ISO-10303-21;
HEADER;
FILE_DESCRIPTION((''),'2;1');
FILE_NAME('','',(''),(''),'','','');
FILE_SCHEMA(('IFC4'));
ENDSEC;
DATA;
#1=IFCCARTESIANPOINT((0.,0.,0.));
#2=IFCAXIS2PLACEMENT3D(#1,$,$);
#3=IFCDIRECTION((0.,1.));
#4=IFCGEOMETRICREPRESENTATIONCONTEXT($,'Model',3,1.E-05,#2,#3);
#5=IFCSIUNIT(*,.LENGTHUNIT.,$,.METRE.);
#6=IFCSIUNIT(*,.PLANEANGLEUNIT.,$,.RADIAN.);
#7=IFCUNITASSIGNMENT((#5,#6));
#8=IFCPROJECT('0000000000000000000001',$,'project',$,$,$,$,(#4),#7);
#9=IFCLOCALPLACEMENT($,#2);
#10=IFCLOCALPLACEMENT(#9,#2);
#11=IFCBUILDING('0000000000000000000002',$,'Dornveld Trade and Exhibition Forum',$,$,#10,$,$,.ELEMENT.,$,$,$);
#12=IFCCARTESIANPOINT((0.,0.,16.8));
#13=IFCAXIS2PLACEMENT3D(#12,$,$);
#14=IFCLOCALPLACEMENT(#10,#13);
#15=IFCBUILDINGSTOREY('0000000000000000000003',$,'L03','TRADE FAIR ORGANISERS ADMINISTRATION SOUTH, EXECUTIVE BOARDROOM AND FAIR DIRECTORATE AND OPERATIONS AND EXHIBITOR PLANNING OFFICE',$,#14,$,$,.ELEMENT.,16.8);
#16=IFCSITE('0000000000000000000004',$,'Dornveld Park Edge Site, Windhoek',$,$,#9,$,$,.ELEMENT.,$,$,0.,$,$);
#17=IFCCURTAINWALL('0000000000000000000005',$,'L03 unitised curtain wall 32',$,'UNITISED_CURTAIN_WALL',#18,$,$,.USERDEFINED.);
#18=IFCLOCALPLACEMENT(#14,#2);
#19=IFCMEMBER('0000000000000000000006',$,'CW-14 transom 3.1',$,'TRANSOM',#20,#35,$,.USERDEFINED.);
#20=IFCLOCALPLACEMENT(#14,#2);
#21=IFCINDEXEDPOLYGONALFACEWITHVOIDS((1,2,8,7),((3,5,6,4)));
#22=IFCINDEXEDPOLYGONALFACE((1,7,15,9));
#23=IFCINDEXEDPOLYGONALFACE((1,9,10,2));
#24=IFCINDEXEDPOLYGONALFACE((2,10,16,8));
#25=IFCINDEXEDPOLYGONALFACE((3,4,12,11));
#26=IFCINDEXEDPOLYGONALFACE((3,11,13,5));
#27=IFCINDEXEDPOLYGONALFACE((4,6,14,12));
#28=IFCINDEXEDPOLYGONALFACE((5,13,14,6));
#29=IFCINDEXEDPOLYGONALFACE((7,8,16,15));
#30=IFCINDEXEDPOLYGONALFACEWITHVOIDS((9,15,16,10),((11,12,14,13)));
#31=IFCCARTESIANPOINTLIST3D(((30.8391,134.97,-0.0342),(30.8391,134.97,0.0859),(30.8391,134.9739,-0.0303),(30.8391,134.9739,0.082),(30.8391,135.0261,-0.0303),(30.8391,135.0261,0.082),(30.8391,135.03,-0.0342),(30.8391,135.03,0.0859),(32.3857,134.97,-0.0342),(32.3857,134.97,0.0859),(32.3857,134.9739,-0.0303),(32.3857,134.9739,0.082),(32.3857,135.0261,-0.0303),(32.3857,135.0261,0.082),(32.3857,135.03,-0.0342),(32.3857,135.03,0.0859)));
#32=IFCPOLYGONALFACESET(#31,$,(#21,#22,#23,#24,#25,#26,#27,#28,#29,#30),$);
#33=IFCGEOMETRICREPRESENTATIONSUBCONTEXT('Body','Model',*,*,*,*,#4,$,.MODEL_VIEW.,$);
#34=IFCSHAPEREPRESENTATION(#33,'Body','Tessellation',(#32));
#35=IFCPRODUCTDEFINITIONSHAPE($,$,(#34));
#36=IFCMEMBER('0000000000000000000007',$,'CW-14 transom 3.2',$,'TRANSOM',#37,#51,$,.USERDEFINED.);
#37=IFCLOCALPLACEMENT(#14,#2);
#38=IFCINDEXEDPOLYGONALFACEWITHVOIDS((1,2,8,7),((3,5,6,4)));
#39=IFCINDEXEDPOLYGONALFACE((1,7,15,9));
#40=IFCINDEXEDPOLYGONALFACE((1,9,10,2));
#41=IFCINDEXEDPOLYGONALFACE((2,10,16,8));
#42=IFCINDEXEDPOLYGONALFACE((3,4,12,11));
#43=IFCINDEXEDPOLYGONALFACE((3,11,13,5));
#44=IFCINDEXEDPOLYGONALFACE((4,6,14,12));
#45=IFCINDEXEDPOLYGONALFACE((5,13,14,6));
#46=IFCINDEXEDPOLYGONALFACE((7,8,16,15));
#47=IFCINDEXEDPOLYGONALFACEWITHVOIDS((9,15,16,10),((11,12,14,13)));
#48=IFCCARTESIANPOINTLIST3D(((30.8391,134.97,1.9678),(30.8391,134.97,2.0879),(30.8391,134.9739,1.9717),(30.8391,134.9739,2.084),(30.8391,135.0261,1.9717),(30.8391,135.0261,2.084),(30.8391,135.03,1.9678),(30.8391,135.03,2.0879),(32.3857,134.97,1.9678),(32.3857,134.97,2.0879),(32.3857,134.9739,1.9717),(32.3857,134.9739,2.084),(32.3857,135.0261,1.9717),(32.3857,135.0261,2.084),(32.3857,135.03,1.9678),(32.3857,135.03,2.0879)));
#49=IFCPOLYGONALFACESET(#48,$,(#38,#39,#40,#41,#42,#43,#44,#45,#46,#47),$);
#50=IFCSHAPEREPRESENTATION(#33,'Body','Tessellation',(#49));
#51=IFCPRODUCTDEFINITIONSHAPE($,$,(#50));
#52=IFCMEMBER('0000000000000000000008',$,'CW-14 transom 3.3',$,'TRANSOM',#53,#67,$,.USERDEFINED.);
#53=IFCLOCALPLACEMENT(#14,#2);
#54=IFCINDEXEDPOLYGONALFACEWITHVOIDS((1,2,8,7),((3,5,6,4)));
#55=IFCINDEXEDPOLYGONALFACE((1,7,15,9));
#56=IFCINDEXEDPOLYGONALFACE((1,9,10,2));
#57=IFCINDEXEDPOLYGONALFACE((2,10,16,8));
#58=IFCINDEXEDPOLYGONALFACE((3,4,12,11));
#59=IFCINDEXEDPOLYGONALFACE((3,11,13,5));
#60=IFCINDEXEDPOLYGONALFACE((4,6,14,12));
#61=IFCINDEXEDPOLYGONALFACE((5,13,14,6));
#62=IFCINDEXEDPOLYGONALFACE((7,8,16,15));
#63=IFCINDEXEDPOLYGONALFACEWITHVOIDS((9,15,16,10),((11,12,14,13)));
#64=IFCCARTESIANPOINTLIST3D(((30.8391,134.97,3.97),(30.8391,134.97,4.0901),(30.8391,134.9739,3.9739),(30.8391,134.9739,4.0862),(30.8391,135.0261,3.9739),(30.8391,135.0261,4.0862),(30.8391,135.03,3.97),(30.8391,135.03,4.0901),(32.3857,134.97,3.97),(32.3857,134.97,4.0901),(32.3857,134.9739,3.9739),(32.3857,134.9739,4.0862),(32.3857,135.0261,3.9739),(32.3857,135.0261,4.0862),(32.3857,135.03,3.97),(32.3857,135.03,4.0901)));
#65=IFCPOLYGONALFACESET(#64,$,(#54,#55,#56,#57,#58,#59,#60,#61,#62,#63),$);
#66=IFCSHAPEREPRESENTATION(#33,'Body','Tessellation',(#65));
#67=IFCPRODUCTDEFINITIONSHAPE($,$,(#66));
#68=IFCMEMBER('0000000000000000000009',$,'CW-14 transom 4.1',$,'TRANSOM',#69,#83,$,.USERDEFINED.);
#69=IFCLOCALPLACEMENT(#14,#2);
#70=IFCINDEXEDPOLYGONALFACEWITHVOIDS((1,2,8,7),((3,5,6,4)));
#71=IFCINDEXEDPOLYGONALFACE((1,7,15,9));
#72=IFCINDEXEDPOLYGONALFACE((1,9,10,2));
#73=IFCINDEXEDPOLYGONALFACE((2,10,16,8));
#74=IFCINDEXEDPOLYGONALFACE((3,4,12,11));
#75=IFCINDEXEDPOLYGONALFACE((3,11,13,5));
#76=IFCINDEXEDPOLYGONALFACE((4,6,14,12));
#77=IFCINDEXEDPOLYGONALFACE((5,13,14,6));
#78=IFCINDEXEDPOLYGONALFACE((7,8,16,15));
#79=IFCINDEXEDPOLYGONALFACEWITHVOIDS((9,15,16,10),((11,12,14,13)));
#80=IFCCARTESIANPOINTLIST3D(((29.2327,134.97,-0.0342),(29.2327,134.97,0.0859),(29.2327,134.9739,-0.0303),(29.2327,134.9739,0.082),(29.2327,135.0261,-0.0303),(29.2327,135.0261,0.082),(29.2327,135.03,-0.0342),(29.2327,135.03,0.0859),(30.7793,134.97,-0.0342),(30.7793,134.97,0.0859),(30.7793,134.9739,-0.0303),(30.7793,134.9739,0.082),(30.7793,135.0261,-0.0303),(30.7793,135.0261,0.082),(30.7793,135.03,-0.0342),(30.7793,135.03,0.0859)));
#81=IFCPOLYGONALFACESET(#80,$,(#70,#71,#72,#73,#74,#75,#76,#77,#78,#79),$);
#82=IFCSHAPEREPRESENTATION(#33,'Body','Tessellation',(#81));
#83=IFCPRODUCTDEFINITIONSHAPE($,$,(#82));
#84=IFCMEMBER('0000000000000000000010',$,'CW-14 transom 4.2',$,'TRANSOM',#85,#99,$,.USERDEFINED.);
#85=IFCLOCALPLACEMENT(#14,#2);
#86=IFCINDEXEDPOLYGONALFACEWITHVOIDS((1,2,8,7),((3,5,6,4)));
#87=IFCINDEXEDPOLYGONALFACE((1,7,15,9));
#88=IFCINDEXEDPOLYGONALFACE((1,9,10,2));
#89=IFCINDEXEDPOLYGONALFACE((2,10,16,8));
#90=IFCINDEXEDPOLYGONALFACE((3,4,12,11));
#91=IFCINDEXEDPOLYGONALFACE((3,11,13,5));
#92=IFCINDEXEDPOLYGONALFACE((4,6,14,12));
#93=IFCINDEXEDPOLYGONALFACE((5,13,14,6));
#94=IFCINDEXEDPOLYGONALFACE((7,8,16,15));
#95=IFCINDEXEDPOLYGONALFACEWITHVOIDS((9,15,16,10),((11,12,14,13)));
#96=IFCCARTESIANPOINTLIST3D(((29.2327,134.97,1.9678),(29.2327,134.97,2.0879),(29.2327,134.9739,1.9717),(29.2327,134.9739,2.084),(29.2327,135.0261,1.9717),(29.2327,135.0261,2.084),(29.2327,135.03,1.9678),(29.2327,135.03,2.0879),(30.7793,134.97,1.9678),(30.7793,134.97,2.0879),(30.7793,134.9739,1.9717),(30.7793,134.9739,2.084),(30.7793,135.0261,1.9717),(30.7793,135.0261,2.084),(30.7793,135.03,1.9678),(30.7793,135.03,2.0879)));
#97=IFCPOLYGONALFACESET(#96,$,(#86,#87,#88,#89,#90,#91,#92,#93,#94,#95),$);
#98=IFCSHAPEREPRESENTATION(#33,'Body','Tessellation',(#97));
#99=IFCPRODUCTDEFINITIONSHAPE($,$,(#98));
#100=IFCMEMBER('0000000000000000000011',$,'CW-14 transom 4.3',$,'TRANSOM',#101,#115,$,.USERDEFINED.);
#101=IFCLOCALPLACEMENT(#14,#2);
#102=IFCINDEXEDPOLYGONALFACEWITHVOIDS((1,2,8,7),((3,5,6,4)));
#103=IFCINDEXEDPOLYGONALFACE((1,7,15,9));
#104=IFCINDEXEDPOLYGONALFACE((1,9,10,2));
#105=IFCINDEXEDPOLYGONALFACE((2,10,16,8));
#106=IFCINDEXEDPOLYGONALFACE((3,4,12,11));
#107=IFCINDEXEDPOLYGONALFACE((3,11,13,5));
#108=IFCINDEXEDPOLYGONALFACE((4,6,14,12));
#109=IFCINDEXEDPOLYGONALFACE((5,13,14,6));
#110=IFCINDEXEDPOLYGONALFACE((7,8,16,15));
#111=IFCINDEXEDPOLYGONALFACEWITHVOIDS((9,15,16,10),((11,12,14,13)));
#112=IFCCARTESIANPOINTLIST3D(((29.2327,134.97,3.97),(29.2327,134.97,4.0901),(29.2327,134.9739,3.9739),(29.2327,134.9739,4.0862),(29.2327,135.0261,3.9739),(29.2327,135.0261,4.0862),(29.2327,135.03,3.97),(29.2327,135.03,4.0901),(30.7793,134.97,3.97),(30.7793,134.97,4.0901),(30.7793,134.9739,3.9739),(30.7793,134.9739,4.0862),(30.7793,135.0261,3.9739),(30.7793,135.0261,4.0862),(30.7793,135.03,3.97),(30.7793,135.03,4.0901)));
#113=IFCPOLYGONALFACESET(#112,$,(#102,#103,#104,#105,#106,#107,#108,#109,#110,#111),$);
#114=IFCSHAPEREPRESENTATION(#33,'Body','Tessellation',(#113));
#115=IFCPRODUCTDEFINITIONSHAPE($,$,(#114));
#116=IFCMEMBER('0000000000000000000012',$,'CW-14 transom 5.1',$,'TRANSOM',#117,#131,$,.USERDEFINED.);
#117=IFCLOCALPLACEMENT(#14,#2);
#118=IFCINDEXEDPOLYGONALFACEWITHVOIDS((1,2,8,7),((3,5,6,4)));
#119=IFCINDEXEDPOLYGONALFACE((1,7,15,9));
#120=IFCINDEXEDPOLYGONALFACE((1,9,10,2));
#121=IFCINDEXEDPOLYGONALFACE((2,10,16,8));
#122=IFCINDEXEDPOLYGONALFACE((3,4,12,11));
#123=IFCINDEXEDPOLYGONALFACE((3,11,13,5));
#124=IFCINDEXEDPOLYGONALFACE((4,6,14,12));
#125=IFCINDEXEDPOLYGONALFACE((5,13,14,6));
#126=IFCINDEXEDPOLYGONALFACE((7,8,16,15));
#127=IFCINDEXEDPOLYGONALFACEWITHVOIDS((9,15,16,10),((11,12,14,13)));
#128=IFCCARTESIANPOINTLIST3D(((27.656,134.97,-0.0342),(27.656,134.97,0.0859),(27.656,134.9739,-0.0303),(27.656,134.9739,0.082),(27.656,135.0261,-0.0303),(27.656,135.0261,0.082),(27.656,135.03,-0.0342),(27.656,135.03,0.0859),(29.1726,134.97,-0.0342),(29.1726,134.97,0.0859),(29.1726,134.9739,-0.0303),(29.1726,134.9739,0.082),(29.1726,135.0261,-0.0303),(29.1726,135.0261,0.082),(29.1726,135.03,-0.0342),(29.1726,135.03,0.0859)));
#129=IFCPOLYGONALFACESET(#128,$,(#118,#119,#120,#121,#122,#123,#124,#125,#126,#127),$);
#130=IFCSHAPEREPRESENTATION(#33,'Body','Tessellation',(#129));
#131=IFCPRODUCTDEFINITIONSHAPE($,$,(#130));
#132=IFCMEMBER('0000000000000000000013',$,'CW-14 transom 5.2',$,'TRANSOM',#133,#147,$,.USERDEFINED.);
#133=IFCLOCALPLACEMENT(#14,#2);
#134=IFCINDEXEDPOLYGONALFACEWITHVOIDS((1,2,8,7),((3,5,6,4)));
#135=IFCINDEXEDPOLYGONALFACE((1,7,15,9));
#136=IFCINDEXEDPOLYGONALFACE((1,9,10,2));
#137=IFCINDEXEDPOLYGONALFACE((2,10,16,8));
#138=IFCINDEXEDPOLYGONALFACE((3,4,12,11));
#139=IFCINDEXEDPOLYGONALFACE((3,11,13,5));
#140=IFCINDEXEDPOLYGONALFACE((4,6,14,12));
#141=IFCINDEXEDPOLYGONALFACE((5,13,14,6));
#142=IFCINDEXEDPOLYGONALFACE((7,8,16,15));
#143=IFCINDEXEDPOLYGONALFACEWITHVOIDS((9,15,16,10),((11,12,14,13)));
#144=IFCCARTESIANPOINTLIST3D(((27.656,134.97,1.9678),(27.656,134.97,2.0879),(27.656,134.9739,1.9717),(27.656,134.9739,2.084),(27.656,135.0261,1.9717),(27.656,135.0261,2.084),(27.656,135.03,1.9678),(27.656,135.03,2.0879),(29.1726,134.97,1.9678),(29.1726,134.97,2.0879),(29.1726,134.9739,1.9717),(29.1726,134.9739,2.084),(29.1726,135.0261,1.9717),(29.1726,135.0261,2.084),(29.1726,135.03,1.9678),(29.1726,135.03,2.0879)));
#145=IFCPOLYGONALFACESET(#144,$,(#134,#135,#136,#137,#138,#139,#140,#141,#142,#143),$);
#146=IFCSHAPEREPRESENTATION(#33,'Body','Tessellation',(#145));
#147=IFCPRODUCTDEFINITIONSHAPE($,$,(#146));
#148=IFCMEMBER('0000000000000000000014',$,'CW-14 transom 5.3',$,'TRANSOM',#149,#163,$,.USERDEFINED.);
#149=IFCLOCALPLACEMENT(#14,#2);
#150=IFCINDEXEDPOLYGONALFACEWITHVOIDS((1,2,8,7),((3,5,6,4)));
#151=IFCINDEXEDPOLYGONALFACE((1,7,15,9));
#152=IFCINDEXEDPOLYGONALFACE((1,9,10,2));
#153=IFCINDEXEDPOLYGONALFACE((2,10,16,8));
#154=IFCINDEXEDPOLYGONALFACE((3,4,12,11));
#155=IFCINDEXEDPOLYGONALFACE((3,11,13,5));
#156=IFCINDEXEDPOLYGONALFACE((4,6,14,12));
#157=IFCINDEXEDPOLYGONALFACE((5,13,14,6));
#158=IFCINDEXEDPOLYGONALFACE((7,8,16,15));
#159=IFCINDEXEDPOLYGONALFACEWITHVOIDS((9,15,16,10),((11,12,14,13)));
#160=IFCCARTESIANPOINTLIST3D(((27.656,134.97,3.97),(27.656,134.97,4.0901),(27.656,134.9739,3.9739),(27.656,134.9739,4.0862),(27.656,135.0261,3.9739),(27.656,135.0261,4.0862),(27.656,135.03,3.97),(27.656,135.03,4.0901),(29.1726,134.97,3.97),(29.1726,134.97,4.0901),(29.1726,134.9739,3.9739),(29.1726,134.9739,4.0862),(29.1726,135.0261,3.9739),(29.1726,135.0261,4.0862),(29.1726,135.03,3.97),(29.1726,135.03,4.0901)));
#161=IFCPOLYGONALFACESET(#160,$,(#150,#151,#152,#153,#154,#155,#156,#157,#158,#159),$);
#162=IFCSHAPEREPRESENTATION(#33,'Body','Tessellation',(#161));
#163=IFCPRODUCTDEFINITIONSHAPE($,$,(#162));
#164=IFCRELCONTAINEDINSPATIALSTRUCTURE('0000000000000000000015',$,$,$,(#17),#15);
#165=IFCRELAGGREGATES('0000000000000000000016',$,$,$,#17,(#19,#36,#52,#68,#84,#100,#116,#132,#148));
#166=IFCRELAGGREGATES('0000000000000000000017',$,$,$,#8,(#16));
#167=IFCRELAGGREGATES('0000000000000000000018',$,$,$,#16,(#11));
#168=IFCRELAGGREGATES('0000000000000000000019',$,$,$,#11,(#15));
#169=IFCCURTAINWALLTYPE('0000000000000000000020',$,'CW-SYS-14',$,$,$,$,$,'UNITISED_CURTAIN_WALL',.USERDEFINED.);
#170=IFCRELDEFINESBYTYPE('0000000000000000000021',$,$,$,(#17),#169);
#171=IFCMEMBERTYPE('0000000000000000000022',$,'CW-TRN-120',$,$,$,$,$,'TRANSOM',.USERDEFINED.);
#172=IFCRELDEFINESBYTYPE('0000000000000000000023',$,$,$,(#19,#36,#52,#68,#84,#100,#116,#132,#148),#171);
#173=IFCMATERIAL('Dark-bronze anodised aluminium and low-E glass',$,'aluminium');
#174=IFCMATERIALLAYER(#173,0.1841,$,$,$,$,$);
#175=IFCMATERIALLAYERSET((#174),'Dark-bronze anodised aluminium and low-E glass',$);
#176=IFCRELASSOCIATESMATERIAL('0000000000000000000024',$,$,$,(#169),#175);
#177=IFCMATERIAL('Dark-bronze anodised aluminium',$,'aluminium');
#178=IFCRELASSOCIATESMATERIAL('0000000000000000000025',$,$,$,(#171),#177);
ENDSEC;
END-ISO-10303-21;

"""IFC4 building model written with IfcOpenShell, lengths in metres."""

from ifc_helpers import new_model, si_unit, direction, frame, origin, origin_2d, place, context, subcontext, project, spatial, hollow_rectangle, extrude, material, layer, layer_set, material_profile, profile_set, type_object, element, aggregate, save


model = new_model("IFC4")

# Units and contexts
model_context = context("Model", 3, precision=1e-05, world=origin(), true_north=direction((0.0, 1.0)))
body_context = subcontext(model_context, "Body", "Model", "MODEL_VIEW")
ifc_project = project(units=[si_unit("LENGTHUNIT", "METRE"), si_unit("PLANEANGLEUNIT", "RADIAN")], contexts=[model_context])

# Site, building, storey
site_placement = place(None, origin())
site = spatial("IfcSite", under=ifc_project, at=site_placement, Name="Dornveld Park Edge Site, Windhoek", CompositionType="ELEMENT", RefElevation=0.0)
building_placement = place(site_placement, origin())
building = spatial("IfcBuilding", under=site, at=building_placement, Name="Dornveld Trade and Exhibition Forum", CompositionType="ELEMENT")
storey_placement = place(building_placement, frame((0.0, 0.0, 16.8)))
storey = spatial("IfcBuildingStorey", under=building, at=storey_placement, Name="L03", Description="TRADE FAIR ORGANISERS ADMINISTRATION SOUTH, EXECUTIVE BOARDROOM AND FAIR DIRECTORATE AND OPERATIONS AND EXHIBITOR PLANNING OFFICE", CompositionType="ELEMENT", Elevation=16.8)

# Curtain wall, members
ifc_material_1 = material(Name="Dark-bronze anodised aluminium and low-E glass", Category="aluminium")
ifc_layer_1 = layer(ifc_material_1, 0.1841)
ifc_layer_set_1 = layer_set([ifc_layer_1], Name="Dark-bronze anodised aluminium and low-E glass")
curtain_wall_type = type_object("IfcCurtainWallType", Name="CW-SYS-14", ElementType="UNITISED_CURTAIN_WALL", PredefinedType="USERDEFINED", material=ifc_layer_set_1)
curtain_wall_placement = place(storey_placement, origin())
curtain_wall = element("IfcCurtainWall", 1, at=curtain_wall_placement, inside=storey, type_object=curtain_wall_type, Name="L03 unitised curtain wall 32", ObjectType="UNITISED_CURTAIN_WALL", PredefinedType="USERDEFINED")
ifc_material_2 = material(Name="Dark-bronze anodised aluminium", Category="aluminium")
ifc_material_profile_1 = material_profile(ifc_material_2, hollow_rectangle(XDim=0.0601, YDim=0.1201, WallThickness=0.0039, at=origin_2d()), Name="RHS 120x60x4")
ifc_profile_set_1 = profile_set([ifc_material_profile_1], Name="Dark-bronze anodised aluminium")
member_type_1 = type_object("IfcMemberType", Name="CW-TRN-120", ElementType="TRANSOM", PredefinedType="USERDEFINED", material=ifc_profile_set_1)
member_1_placement = place(storey_placement, frame((32.3857, 135.0, 0.0259), z_axis=(-1.0, 0.0, 0.0), x_axis=(0.0, -1.0, 0.0)))
member_1 = element("IfcMember", 2, at=member_1_placement, type_object=member_type_1, Name="CW-14 transom 3.1", ObjectType="TRANSOM", PredefinedType="USERDEFINED", context=body_context, shape_type="SweptSolid", body=[
    extrude(hollow_rectangle(XDim=0.0601, YDim=0.1201, WallThickness=0.0039, at=origin_2d()), origin(), (0.0, 0.0, 1.0), 1.5466),
])
member_2_placement = place(storey_placement, frame((32.3857, 135.0, 2.0278), z_axis=(-1.0, 0.0, 0.0), x_axis=(0.0, -1.0, 0.0)))
member_2 = element("IfcMember", 3, at=member_2_placement, type_object=member_type_1, Name="CW-14 transom 3.2", ObjectType="TRANSOM", PredefinedType="USERDEFINED", context=body_context, shape_type="SweptSolid", body=[
    extrude(hollow_rectangle(XDim=0.0601, YDim=0.1201, WallThickness=0.0039, at=origin_2d()), origin(), (0.0, 0.0, 1.0), 1.5466),
])
member_3_placement = place(storey_placement, frame((32.3857, 135.0, 4.03), z_axis=(-1.0, 0.0, 0.0), x_axis=(0.0, -1.0, 0.0)))
member_3 = element("IfcMember", 4, at=member_3_placement, type_object=member_type_1, Name="CW-14 transom 3.3", ObjectType="TRANSOM", PredefinedType="USERDEFINED", context=body_context, shape_type="SweptSolid", body=[
    extrude(hollow_rectangle(XDim=0.0601, YDim=0.1201, WallThickness=0.0039, at=origin_2d()), origin(), (0.0, 0.0, 1.0), 1.5466),
])
member_4_placement = place(storey_placement, frame((30.7793, 135.0, 0.0259), z_axis=(-1.0, 0.0, 0.0), x_axis=(0.0, -1.0, 0.0)))
member_4 = element("IfcMember", 5, at=member_4_placement, type_object=member_type_1, Name="CW-14 transom 4.1", ObjectType="TRANSOM", PredefinedType="USERDEFINED", context=body_context, shape_type="SweptSolid", body=[
    extrude(hollow_rectangle(XDim=0.0601, YDim=0.1201, WallThickness=0.0039, at=origin_2d()), origin(), (0.0, 0.0, 1.0), 1.5466),
])
member_5_placement = place(storey_placement, frame((30.7793, 135.0, 2.0278), z_axis=(-1.0, 0.0, 0.0), x_axis=(0.0, -1.0, 0.0)))
member_5 = element("IfcMember", 6, at=member_5_placement, type_object=member_type_1, Name="CW-14 transom 4.2", ObjectType="TRANSOM", PredefinedType="USERDEFINED", context=body_context, shape_type="SweptSolid", body=[
    extrude(hollow_rectangle(XDim=0.0601, YDim=0.1201, WallThickness=0.0039, at=origin_2d()), origin(), (0.0, 0.0, 1.0), 1.5466),
])
member_6_placement = place(storey_placement, frame((30.7793, 135.0, 4.03), z_axis=(-1.0, 0.0, 0.0), x_axis=(0.0, -1.0, 0.0)))
member_6 = element("IfcMember", 7, at=member_6_placement, type_object=member_type_1, Name="CW-14 transom 4.3", ObjectType="TRANSOM", PredefinedType="USERDEFINED", context=body_context, shape_type="SweptSolid", body=[
    extrude(hollow_rectangle(XDim=0.0601, YDim=0.1201, WallThickness=0.0039, at=origin_2d()), origin(), (0.0, 0.0, 1.0), 1.5466),
])
member_7_placement = place(storey_placement, frame((29.1726, 135.0, 0.0259), z_axis=(-1.0, 0.0, 0.0), x_axis=(0.0, -1.0, 0.0)))
member_7 = element("IfcMember", 8, at=member_7_placement, type_object=member_type_1, Name="CW-14 transom 5.1", ObjectType="TRANSOM", PredefinedType="USERDEFINED", context=body_context, shape_type="SweptSolid", body=[
    extrude(hollow_rectangle(XDim=0.0601, YDim=0.1201, WallThickness=0.0039, at=origin_2d()), origin(), (0.0, 0.0, 1.0), 1.5166),
])
member_8_placement = place(storey_placement, frame((29.1726, 135.0, 2.0278), z_axis=(-1.0, 0.0, 0.0), x_axis=(0.0, -1.0, 0.0)))
member_8 = element("IfcMember", 9, at=member_8_placement, type_object=member_type_1, Name="CW-14 transom 5.2", ObjectType="TRANSOM", PredefinedType="USERDEFINED", context=body_context, shape_type="SweptSolid", body=[
    extrude(hollow_rectangle(XDim=0.0601, YDim=0.1201, WallThickness=0.0039, at=origin_2d()), origin(), (0.0, 0.0, 1.0), 1.5166),
])
member_9_placement = place(storey_placement, frame((29.1726, 135.0, 4.03), z_axis=(-1.0, 0.0, 0.0), x_axis=(0.0, -1.0, 0.0)))
member_9 = element("IfcMember", 10, at=member_9_placement, type_object=member_type_1, Name="CW-14 transom 5.3", ObjectType="TRANSOM", PredefinedType="USERDEFINED", context=body_context, shape_type="SweptSolid", body=[
    extrude(hollow_rectangle(XDim=0.0601, YDim=0.1201, WallThickness=0.0039, at=origin_2d()), origin(), (0.0, 0.0, 1.0), 1.5166),
])

aggregate(curtain_wall, [member_1, member_2, member_3, member_4, member_5, member_6, member_7, member_8, member_9])

save(model, "model.ifc")
